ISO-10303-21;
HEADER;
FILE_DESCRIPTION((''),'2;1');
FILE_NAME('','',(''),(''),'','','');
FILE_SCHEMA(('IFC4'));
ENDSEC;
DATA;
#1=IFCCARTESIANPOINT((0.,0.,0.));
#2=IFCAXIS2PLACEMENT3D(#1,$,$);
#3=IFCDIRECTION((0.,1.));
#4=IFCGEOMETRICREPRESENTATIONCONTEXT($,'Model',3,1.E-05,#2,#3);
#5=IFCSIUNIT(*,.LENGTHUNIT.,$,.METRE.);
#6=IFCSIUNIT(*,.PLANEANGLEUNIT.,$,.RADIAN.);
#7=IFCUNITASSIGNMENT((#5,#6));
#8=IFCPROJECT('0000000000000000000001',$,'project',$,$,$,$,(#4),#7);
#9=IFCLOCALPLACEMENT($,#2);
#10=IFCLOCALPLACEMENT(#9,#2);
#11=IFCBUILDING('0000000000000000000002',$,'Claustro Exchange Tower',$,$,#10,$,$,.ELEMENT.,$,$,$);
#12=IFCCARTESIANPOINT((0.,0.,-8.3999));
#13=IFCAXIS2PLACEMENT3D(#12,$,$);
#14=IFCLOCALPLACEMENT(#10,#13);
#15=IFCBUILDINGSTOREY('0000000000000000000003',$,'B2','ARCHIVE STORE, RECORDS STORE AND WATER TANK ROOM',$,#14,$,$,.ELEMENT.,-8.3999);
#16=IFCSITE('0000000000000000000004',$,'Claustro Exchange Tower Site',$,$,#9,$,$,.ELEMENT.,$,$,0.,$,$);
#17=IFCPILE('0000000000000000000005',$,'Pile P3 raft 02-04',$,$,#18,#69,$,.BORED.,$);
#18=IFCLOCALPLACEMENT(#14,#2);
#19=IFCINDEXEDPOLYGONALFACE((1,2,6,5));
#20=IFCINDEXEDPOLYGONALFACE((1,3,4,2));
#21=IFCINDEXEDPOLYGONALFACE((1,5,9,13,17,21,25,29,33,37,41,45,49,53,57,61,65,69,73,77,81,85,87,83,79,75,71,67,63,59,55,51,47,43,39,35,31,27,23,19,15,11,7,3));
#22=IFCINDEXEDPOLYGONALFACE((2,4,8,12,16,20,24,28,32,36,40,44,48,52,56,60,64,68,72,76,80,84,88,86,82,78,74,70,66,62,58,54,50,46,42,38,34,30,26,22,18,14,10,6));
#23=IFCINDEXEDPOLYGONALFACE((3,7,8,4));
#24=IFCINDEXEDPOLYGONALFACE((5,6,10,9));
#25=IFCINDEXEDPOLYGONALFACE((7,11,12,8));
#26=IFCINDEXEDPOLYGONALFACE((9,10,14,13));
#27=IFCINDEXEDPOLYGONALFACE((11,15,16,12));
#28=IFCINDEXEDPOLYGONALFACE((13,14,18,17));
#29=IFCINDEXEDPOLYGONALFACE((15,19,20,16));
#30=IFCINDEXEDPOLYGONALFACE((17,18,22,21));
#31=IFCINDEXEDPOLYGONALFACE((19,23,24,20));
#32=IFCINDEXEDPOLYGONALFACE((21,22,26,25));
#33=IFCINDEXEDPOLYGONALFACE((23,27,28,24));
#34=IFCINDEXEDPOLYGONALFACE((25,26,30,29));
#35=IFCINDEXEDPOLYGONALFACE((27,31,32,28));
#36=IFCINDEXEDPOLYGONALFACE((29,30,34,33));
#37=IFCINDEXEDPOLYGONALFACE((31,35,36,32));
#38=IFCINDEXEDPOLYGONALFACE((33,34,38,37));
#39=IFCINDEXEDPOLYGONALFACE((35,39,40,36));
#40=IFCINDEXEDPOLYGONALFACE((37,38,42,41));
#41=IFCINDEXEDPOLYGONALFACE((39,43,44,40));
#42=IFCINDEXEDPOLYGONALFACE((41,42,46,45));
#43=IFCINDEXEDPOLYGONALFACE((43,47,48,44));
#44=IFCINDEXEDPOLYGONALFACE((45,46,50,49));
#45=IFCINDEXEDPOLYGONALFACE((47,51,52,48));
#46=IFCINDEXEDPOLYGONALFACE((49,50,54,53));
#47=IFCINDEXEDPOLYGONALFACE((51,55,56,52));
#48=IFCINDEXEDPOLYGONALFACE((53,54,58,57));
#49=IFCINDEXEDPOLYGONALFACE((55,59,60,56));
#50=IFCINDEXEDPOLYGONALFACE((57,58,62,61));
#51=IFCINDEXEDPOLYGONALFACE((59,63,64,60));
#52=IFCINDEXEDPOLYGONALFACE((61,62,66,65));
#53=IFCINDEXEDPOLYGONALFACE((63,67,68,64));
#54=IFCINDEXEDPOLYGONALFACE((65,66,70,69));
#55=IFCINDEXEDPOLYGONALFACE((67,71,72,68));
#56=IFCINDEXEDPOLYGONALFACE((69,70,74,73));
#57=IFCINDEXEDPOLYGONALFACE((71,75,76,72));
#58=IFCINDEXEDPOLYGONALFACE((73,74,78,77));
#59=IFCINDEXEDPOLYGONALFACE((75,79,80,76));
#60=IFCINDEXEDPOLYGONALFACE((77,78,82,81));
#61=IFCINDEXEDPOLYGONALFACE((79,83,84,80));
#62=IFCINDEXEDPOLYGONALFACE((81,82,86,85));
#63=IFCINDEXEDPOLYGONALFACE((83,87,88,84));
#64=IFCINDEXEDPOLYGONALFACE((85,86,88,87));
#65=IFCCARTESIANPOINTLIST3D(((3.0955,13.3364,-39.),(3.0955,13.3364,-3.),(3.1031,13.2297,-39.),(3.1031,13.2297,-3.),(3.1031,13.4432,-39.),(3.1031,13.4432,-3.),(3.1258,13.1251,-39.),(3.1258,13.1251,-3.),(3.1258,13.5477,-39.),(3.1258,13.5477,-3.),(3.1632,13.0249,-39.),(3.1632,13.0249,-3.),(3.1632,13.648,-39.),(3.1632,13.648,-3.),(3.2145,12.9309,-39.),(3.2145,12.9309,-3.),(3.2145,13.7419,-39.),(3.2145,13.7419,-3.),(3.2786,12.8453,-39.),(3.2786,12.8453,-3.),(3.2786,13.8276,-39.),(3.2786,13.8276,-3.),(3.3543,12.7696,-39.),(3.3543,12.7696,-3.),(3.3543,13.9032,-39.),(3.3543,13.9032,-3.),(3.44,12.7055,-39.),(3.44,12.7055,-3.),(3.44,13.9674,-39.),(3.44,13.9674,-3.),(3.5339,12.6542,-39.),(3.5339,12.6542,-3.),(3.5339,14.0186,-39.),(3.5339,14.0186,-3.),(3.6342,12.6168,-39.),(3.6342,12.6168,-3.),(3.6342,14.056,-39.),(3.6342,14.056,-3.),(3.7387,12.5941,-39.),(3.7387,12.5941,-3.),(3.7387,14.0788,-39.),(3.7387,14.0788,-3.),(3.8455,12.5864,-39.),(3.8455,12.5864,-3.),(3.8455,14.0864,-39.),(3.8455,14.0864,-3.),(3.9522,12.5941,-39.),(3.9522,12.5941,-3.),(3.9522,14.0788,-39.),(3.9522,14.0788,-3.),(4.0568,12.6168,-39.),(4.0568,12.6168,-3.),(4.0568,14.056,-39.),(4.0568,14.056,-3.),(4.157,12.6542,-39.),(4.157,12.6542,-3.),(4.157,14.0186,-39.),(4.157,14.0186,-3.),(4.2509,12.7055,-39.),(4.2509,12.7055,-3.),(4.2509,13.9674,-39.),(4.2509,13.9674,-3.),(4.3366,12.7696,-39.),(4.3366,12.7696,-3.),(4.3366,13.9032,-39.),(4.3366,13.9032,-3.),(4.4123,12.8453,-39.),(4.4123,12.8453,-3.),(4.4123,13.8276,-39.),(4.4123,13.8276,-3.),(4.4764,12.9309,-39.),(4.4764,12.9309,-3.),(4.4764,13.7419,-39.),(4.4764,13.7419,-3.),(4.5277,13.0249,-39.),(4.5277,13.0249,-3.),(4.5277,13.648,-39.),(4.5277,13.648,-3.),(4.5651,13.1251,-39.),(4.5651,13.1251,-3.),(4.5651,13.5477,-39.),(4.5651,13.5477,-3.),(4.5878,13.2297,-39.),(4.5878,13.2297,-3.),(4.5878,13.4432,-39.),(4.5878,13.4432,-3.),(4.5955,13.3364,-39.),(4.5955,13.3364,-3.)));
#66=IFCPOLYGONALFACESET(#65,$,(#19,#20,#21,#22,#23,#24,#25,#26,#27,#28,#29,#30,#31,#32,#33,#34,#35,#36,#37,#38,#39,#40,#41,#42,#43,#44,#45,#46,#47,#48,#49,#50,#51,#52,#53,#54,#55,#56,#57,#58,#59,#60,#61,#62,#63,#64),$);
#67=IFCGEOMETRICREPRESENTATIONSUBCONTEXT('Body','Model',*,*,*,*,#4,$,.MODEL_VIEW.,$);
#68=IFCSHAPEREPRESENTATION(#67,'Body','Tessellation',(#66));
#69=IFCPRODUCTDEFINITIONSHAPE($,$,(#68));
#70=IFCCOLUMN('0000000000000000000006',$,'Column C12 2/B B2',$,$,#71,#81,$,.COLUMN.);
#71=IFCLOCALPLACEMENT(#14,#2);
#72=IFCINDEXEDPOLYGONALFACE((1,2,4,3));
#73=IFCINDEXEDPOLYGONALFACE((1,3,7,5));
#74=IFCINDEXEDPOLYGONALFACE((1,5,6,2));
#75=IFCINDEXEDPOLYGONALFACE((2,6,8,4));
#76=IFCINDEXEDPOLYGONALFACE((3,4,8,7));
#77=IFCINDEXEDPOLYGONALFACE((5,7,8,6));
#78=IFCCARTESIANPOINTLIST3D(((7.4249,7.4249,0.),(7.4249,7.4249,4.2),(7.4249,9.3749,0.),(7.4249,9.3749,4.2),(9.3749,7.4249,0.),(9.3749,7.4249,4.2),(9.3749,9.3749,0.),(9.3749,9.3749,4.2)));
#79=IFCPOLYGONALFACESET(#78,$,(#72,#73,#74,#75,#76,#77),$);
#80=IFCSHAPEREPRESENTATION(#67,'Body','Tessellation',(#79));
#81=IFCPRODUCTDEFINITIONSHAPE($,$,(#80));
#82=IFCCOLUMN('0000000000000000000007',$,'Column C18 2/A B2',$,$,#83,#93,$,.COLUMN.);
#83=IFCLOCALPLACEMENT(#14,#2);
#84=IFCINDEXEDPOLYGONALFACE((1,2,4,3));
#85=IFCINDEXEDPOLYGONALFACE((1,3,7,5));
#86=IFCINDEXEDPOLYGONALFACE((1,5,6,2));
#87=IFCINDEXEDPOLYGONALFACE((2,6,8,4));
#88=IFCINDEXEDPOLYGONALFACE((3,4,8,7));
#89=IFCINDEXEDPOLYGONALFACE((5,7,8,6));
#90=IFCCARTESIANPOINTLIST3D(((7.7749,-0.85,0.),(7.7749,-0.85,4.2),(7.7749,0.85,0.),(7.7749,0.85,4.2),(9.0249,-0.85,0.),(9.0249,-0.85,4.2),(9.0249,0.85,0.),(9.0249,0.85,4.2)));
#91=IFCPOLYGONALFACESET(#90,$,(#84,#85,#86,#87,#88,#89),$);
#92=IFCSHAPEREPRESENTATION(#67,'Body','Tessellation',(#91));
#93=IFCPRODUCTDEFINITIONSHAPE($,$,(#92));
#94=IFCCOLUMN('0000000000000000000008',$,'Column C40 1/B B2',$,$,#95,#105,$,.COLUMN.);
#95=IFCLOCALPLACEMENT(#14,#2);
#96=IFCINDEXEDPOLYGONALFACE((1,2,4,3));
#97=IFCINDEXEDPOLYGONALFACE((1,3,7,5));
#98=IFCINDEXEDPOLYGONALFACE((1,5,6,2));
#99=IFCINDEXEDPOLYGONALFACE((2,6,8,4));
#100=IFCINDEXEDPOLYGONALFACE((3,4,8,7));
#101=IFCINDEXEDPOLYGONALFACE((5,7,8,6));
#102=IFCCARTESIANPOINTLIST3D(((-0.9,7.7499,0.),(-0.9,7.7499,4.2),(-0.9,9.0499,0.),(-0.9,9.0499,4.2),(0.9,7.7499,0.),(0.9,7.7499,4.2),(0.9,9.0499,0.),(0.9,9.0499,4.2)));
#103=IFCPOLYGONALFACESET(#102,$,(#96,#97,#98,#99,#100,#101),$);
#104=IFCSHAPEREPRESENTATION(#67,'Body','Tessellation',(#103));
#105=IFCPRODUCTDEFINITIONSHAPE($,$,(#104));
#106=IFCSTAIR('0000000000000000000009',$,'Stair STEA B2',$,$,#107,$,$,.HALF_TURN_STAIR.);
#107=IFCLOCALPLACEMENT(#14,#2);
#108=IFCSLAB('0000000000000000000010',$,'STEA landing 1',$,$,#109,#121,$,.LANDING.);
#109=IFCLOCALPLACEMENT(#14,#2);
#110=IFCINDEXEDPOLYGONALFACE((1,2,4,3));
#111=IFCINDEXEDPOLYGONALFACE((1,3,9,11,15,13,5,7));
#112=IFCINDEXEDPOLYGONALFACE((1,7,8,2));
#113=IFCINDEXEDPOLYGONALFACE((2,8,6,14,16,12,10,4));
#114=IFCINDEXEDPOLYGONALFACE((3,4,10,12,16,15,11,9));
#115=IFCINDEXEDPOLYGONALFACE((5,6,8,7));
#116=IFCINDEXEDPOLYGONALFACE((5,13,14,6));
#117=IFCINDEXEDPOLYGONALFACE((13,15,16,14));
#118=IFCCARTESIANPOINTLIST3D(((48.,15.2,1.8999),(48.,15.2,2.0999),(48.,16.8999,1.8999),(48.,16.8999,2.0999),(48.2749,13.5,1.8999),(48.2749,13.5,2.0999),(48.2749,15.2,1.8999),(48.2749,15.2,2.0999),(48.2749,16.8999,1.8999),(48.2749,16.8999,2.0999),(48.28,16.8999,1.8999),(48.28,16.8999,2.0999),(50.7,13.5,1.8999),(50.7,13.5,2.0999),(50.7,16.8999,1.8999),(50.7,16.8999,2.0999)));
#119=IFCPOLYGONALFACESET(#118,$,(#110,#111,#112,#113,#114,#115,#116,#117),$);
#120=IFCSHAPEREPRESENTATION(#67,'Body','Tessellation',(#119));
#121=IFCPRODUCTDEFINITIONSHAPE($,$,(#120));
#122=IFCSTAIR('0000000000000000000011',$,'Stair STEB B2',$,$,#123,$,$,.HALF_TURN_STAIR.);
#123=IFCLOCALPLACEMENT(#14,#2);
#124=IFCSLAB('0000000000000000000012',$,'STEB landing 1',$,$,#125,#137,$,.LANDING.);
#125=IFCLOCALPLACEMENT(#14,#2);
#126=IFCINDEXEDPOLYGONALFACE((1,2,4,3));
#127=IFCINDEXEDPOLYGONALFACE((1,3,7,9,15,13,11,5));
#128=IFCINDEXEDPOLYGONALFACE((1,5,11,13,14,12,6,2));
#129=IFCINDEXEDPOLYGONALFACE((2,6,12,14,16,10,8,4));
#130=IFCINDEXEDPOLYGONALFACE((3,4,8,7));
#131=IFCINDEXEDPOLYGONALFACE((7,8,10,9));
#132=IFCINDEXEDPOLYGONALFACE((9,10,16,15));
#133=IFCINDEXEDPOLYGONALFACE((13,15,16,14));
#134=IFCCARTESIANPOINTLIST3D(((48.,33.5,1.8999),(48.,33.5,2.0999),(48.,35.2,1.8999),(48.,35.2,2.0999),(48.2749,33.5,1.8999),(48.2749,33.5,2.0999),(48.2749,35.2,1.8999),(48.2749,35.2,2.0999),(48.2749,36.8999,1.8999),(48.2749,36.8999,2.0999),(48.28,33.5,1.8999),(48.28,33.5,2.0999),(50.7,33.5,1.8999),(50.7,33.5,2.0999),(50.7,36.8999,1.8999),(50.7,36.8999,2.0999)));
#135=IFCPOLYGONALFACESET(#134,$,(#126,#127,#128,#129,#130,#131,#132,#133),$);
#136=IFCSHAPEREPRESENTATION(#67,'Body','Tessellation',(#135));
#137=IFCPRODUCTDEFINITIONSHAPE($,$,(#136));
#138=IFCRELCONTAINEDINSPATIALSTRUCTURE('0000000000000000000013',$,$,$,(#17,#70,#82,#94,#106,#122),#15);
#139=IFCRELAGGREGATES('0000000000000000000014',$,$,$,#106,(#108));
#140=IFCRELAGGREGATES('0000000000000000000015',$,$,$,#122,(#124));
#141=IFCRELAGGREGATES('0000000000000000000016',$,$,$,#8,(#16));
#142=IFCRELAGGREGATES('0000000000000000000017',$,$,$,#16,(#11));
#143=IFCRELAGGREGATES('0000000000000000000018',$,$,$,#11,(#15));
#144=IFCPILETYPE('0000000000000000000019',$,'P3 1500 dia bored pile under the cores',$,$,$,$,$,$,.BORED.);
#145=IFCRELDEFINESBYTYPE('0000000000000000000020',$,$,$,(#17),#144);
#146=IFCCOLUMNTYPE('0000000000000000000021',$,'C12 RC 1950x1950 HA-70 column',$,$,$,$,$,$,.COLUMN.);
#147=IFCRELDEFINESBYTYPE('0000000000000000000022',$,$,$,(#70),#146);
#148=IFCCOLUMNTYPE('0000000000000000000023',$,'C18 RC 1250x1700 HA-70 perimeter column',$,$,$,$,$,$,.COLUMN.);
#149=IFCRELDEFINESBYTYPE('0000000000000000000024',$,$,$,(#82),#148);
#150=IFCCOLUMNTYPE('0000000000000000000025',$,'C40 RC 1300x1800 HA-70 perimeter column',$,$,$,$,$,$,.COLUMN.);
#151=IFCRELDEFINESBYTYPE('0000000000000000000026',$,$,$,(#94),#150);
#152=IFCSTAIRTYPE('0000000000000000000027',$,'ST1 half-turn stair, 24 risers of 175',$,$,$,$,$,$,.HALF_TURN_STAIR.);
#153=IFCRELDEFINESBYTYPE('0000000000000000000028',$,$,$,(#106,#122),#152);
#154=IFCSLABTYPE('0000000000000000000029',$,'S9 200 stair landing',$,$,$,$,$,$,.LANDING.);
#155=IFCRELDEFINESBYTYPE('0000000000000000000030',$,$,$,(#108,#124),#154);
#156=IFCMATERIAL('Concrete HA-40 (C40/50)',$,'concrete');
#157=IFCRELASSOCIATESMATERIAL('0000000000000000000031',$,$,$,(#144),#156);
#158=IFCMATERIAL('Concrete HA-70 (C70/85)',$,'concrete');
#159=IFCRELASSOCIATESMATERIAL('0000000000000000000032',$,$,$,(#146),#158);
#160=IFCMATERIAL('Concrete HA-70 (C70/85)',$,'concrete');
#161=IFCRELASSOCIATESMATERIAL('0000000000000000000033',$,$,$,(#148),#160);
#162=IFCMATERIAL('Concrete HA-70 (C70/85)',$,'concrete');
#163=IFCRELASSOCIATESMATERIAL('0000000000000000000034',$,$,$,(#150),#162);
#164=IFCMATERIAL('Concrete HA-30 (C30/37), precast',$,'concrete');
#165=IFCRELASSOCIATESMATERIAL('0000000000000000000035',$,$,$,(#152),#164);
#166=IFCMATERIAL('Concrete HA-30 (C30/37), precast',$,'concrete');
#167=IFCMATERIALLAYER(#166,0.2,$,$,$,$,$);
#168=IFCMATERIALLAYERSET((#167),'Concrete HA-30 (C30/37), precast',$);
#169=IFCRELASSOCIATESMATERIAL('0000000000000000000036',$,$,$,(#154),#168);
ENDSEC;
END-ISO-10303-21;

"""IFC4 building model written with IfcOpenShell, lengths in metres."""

from ifc_helpers import new_model, si_unit, direction, frame, origin, origin_2d, place, context, subcontext, project, spatial, polyline, rectangle, circle, outline, extrude, material, layer, layer_set, material_profile, profile_set, type_object, element, aggregate, save


model = new_model("IFC4")

# Units and contexts
model_context = context("Model", 3, precision=1e-05, world=origin(), true_north=direction((0.0, 1.0)))
body_context = subcontext(model_context, "Body", "Model", "MODEL_VIEW")
ifc_project = project(units=[si_unit("LENGTHUNIT", "METRE"), si_unit("PLANEANGLEUNIT", "RADIAN")], contexts=[model_context])

# Site, building, storey
site_placement = place(None, origin())
site = spatial("IfcSite", under=ifc_project, at=site_placement, Name="Claustro Exchange Tower Site", CompositionType="ELEMENT", RefElevation=0.0)
building_placement = place(site_placement, origin())
building = spatial("IfcBuilding", under=site, at=building_placement, Name="Claustro Exchange Tower", CompositionType="ELEMENT")
storey_placement = place(building_placement, frame((0.0, 0.0, -8.3999)))
storey = spatial("IfcBuildingStorey", under=building, at=storey_placement, Name="B2", Description="ARCHIVE STORE, RECORDS STORE AND WATER TANK ROOM", CompositionType="ELEMENT", Elevation=-8.3999)

# Pile
ifc_material_1 = material(Name="Concrete HA-40 (C40/50)", Category="concrete")
pile_type_1 = type_object("IfcPileType", Name="P3 1500 dia bored pile under the cores", PredefinedType="BORED", material=ifc_material_1)
pile_placement = place(storey_placement, frame((3.8455, 13.3364, -3.0), z_axis=(0.0, 0.0, -1.0), x_axis=(1.0, 0.0, 0.0)))
element("IfcPile", 1, at=pile_placement, inside=storey, type_object=pile_type_1, Name="Pile P3 raft 02-04", PredefinedType="BORED", context=body_context, shape_type="SweptSolid", body=[
    extrude(circle(Radius=0.75, at=origin_2d()), origin(), (0.0, 0.0, 1.0), 36.0),
])

# Columns
ifc_material_2 = material(Name="Concrete HA-70 (C70/85)", Category="concrete")
ifc_material_profile_1 = material_profile(ifc_material_2, rectangle(XDim=1.95, YDim=1.95, at=origin_2d()), Name="RC 1950x1950")
ifc_profile_set_1 = profile_set([ifc_material_profile_1], Name="Concrete HA-70 (C70/85)")
column_type_1 = type_object("IfcColumnType", Name="C12 RC 1950x1950 HA-70 column", PredefinedType="COLUMN", material=ifc_profile_set_1)
column_1_placement = place(storey_placement, frame((8.3999, 8.3999, 0.0), z_axis=(0.0, 0.0, 1.0), x_axis=(1.0, 0.0, 0.0)))
element("IfcColumn", 2, at=column_1_placement, inside=storey, type_object=column_type_1, Name="Column C12 2/B B2", PredefinedType="COLUMN", context=body_context, shape_type="SweptSolid", body=[
    extrude(rectangle(XDim=1.95, YDim=1.95, at=origin_2d()), origin(), (0.0, 0.0, 1.0), 4.2),
])
ifc_material_3 = material(Name="Concrete HA-70 (C70/85)", Category="concrete")
ifc_material_profile_2 = material_profile(ifc_material_3, rectangle(XDim=1.25, YDim=1.7, at=origin_2d()), Name="RC 1250x1700")
ifc_profile_set_2 = profile_set([ifc_material_profile_2], Name="Concrete HA-70 (C70/85)")
column_type_2 = type_object("IfcColumnType", Name="C18 RC 1250x1700 HA-70 perimeter column", PredefinedType="COLUMN", material=ifc_profile_set_2)
column_2_placement = place(storey_placement, frame((8.3999, 0.0, 0.0), z_axis=(0.0, 0.0, 1.0), x_axis=(1.0, 0.0, 0.0)))
element("IfcColumn", 3, at=column_2_placement, inside=storey, type_object=column_type_2, Name="Column C18 2/A B2", PredefinedType="COLUMN", context=body_context, shape_type="SweptSolid", body=[
    extrude(rectangle(XDim=1.25, YDim=1.7, at=origin_2d()), origin(), (0.0, 0.0, 1.0), 4.2),
])
ifc_material_4 = material(Name="Concrete HA-70 (C70/85)", Category="concrete")
ifc_material_profile_3 = material_profile(ifc_material_4, rectangle(XDim=1.3, YDim=1.8, at=origin_2d()), Name="RC 1300x1800")
ifc_profile_set_3 = profile_set([ifc_material_profile_3], Name="Concrete HA-70 (C70/85)")
column_type_3 = type_object("IfcColumnType", Name="C40 RC 1300x1800 HA-70 perimeter column", PredefinedType="COLUMN", material=ifc_profile_set_3)
column_3_placement = place(storey_placement, frame((0.0, 8.3999, 0.0), z_axis=(0.0, 0.0, 1.0), x_axis=(0.0, 1.0, 0.0)))
element("IfcColumn", 4, at=column_3_placement, inside=storey, type_object=column_type_3, Name="Column C40 1/B B2", PredefinedType="COLUMN", context=body_context, shape_type="SweptSolid", body=[
    extrude(rectangle(XDim=1.3, YDim=1.8, at=origin_2d()), origin(), (0.0, 0.0, 1.0), 4.2),
])

# Stairs, slabs
ifc_material_5 = material(Name="Concrete HA-30 (C30/37), precast", Category="concrete")
stair_type = type_object("IfcStairType", Name="ST1 half-turn stair, 24 risers of 175", PredefinedType="HALF_TURN_STAIR", material=ifc_material_5)
stair_1_placement = place(storey_placement, origin())
stair_1 = element("IfcStair", 5, at=stair_1_placement, inside=storey, type_object=stair_type, Name="Stair STEA B2", PredefinedType="HALF_TURN_STAIR")
ifc_material_6 = material(Name="Concrete HA-30 (C30/37), precast", Category="concrete")
ifc_layer_1 = layer(ifc_material_6, 0.2)
ifc_layer_set_1 = layer_set([ifc_layer_1], Name="Concrete HA-30 (C30/37), precast")
slab_type = type_object("IfcSlabType", Name="S9 200 stair landing", PredefinedType="LANDING", material=ifc_layer_set_1)
slab_1_placement = place(storey_placement, frame((0.0, 0.0, 1.8999)))
slab_1 = element("IfcSlab", 6, at=slab_1_placement, type_object=slab_type, Name="STEA landing 1", PredefinedType="LANDING", context=body_context, shape_type="SweptSolid", body=[
    extrude(outline(polyline([(50.7, 16.8999), (50.7, 13.5), (48.2749, 13.5), (48.2749, 15.2), (48.0, 15.2), (48.0, 16.8999), (48.2749, 16.8999), (48.28, 16.8999), (50.7, 16.8999)])), origin(), (0.0, 0.0, 1.0), 0.2),
])
aggregate(stair_1, [slab_1])
stair_2_placement = place(storey_placement, origin())
stair_2 = element("IfcStair", 7, at=stair_2_placement, inside=storey, type_object=stair_type, Name="Stair STEB B2", PredefinedType="HALF_TURN_STAIR")
slab_2_placement = place(storey_placement, frame((0.0, 0.0, 1.8999)))
slab_2 = element("IfcSlab", 8, at=slab_2_placement, type_object=slab_type, Name="STEB landing 1", PredefinedType="LANDING", context=body_context, shape_type="SweptSolid", body=[
    extrude(outline(polyline([(48.0, 33.5), (48.0, 35.2), (48.2749, 35.2), (48.2749, 36.8999), (50.7, 36.8999), (50.7, 33.5), (48.28, 33.5), (48.2749, 33.5), (48.0, 33.5)])), origin(), (0.0, 0.0, 1.0), 0.2),
])
aggregate(stair_2, [slab_2])

save(model, "model.ifc")
